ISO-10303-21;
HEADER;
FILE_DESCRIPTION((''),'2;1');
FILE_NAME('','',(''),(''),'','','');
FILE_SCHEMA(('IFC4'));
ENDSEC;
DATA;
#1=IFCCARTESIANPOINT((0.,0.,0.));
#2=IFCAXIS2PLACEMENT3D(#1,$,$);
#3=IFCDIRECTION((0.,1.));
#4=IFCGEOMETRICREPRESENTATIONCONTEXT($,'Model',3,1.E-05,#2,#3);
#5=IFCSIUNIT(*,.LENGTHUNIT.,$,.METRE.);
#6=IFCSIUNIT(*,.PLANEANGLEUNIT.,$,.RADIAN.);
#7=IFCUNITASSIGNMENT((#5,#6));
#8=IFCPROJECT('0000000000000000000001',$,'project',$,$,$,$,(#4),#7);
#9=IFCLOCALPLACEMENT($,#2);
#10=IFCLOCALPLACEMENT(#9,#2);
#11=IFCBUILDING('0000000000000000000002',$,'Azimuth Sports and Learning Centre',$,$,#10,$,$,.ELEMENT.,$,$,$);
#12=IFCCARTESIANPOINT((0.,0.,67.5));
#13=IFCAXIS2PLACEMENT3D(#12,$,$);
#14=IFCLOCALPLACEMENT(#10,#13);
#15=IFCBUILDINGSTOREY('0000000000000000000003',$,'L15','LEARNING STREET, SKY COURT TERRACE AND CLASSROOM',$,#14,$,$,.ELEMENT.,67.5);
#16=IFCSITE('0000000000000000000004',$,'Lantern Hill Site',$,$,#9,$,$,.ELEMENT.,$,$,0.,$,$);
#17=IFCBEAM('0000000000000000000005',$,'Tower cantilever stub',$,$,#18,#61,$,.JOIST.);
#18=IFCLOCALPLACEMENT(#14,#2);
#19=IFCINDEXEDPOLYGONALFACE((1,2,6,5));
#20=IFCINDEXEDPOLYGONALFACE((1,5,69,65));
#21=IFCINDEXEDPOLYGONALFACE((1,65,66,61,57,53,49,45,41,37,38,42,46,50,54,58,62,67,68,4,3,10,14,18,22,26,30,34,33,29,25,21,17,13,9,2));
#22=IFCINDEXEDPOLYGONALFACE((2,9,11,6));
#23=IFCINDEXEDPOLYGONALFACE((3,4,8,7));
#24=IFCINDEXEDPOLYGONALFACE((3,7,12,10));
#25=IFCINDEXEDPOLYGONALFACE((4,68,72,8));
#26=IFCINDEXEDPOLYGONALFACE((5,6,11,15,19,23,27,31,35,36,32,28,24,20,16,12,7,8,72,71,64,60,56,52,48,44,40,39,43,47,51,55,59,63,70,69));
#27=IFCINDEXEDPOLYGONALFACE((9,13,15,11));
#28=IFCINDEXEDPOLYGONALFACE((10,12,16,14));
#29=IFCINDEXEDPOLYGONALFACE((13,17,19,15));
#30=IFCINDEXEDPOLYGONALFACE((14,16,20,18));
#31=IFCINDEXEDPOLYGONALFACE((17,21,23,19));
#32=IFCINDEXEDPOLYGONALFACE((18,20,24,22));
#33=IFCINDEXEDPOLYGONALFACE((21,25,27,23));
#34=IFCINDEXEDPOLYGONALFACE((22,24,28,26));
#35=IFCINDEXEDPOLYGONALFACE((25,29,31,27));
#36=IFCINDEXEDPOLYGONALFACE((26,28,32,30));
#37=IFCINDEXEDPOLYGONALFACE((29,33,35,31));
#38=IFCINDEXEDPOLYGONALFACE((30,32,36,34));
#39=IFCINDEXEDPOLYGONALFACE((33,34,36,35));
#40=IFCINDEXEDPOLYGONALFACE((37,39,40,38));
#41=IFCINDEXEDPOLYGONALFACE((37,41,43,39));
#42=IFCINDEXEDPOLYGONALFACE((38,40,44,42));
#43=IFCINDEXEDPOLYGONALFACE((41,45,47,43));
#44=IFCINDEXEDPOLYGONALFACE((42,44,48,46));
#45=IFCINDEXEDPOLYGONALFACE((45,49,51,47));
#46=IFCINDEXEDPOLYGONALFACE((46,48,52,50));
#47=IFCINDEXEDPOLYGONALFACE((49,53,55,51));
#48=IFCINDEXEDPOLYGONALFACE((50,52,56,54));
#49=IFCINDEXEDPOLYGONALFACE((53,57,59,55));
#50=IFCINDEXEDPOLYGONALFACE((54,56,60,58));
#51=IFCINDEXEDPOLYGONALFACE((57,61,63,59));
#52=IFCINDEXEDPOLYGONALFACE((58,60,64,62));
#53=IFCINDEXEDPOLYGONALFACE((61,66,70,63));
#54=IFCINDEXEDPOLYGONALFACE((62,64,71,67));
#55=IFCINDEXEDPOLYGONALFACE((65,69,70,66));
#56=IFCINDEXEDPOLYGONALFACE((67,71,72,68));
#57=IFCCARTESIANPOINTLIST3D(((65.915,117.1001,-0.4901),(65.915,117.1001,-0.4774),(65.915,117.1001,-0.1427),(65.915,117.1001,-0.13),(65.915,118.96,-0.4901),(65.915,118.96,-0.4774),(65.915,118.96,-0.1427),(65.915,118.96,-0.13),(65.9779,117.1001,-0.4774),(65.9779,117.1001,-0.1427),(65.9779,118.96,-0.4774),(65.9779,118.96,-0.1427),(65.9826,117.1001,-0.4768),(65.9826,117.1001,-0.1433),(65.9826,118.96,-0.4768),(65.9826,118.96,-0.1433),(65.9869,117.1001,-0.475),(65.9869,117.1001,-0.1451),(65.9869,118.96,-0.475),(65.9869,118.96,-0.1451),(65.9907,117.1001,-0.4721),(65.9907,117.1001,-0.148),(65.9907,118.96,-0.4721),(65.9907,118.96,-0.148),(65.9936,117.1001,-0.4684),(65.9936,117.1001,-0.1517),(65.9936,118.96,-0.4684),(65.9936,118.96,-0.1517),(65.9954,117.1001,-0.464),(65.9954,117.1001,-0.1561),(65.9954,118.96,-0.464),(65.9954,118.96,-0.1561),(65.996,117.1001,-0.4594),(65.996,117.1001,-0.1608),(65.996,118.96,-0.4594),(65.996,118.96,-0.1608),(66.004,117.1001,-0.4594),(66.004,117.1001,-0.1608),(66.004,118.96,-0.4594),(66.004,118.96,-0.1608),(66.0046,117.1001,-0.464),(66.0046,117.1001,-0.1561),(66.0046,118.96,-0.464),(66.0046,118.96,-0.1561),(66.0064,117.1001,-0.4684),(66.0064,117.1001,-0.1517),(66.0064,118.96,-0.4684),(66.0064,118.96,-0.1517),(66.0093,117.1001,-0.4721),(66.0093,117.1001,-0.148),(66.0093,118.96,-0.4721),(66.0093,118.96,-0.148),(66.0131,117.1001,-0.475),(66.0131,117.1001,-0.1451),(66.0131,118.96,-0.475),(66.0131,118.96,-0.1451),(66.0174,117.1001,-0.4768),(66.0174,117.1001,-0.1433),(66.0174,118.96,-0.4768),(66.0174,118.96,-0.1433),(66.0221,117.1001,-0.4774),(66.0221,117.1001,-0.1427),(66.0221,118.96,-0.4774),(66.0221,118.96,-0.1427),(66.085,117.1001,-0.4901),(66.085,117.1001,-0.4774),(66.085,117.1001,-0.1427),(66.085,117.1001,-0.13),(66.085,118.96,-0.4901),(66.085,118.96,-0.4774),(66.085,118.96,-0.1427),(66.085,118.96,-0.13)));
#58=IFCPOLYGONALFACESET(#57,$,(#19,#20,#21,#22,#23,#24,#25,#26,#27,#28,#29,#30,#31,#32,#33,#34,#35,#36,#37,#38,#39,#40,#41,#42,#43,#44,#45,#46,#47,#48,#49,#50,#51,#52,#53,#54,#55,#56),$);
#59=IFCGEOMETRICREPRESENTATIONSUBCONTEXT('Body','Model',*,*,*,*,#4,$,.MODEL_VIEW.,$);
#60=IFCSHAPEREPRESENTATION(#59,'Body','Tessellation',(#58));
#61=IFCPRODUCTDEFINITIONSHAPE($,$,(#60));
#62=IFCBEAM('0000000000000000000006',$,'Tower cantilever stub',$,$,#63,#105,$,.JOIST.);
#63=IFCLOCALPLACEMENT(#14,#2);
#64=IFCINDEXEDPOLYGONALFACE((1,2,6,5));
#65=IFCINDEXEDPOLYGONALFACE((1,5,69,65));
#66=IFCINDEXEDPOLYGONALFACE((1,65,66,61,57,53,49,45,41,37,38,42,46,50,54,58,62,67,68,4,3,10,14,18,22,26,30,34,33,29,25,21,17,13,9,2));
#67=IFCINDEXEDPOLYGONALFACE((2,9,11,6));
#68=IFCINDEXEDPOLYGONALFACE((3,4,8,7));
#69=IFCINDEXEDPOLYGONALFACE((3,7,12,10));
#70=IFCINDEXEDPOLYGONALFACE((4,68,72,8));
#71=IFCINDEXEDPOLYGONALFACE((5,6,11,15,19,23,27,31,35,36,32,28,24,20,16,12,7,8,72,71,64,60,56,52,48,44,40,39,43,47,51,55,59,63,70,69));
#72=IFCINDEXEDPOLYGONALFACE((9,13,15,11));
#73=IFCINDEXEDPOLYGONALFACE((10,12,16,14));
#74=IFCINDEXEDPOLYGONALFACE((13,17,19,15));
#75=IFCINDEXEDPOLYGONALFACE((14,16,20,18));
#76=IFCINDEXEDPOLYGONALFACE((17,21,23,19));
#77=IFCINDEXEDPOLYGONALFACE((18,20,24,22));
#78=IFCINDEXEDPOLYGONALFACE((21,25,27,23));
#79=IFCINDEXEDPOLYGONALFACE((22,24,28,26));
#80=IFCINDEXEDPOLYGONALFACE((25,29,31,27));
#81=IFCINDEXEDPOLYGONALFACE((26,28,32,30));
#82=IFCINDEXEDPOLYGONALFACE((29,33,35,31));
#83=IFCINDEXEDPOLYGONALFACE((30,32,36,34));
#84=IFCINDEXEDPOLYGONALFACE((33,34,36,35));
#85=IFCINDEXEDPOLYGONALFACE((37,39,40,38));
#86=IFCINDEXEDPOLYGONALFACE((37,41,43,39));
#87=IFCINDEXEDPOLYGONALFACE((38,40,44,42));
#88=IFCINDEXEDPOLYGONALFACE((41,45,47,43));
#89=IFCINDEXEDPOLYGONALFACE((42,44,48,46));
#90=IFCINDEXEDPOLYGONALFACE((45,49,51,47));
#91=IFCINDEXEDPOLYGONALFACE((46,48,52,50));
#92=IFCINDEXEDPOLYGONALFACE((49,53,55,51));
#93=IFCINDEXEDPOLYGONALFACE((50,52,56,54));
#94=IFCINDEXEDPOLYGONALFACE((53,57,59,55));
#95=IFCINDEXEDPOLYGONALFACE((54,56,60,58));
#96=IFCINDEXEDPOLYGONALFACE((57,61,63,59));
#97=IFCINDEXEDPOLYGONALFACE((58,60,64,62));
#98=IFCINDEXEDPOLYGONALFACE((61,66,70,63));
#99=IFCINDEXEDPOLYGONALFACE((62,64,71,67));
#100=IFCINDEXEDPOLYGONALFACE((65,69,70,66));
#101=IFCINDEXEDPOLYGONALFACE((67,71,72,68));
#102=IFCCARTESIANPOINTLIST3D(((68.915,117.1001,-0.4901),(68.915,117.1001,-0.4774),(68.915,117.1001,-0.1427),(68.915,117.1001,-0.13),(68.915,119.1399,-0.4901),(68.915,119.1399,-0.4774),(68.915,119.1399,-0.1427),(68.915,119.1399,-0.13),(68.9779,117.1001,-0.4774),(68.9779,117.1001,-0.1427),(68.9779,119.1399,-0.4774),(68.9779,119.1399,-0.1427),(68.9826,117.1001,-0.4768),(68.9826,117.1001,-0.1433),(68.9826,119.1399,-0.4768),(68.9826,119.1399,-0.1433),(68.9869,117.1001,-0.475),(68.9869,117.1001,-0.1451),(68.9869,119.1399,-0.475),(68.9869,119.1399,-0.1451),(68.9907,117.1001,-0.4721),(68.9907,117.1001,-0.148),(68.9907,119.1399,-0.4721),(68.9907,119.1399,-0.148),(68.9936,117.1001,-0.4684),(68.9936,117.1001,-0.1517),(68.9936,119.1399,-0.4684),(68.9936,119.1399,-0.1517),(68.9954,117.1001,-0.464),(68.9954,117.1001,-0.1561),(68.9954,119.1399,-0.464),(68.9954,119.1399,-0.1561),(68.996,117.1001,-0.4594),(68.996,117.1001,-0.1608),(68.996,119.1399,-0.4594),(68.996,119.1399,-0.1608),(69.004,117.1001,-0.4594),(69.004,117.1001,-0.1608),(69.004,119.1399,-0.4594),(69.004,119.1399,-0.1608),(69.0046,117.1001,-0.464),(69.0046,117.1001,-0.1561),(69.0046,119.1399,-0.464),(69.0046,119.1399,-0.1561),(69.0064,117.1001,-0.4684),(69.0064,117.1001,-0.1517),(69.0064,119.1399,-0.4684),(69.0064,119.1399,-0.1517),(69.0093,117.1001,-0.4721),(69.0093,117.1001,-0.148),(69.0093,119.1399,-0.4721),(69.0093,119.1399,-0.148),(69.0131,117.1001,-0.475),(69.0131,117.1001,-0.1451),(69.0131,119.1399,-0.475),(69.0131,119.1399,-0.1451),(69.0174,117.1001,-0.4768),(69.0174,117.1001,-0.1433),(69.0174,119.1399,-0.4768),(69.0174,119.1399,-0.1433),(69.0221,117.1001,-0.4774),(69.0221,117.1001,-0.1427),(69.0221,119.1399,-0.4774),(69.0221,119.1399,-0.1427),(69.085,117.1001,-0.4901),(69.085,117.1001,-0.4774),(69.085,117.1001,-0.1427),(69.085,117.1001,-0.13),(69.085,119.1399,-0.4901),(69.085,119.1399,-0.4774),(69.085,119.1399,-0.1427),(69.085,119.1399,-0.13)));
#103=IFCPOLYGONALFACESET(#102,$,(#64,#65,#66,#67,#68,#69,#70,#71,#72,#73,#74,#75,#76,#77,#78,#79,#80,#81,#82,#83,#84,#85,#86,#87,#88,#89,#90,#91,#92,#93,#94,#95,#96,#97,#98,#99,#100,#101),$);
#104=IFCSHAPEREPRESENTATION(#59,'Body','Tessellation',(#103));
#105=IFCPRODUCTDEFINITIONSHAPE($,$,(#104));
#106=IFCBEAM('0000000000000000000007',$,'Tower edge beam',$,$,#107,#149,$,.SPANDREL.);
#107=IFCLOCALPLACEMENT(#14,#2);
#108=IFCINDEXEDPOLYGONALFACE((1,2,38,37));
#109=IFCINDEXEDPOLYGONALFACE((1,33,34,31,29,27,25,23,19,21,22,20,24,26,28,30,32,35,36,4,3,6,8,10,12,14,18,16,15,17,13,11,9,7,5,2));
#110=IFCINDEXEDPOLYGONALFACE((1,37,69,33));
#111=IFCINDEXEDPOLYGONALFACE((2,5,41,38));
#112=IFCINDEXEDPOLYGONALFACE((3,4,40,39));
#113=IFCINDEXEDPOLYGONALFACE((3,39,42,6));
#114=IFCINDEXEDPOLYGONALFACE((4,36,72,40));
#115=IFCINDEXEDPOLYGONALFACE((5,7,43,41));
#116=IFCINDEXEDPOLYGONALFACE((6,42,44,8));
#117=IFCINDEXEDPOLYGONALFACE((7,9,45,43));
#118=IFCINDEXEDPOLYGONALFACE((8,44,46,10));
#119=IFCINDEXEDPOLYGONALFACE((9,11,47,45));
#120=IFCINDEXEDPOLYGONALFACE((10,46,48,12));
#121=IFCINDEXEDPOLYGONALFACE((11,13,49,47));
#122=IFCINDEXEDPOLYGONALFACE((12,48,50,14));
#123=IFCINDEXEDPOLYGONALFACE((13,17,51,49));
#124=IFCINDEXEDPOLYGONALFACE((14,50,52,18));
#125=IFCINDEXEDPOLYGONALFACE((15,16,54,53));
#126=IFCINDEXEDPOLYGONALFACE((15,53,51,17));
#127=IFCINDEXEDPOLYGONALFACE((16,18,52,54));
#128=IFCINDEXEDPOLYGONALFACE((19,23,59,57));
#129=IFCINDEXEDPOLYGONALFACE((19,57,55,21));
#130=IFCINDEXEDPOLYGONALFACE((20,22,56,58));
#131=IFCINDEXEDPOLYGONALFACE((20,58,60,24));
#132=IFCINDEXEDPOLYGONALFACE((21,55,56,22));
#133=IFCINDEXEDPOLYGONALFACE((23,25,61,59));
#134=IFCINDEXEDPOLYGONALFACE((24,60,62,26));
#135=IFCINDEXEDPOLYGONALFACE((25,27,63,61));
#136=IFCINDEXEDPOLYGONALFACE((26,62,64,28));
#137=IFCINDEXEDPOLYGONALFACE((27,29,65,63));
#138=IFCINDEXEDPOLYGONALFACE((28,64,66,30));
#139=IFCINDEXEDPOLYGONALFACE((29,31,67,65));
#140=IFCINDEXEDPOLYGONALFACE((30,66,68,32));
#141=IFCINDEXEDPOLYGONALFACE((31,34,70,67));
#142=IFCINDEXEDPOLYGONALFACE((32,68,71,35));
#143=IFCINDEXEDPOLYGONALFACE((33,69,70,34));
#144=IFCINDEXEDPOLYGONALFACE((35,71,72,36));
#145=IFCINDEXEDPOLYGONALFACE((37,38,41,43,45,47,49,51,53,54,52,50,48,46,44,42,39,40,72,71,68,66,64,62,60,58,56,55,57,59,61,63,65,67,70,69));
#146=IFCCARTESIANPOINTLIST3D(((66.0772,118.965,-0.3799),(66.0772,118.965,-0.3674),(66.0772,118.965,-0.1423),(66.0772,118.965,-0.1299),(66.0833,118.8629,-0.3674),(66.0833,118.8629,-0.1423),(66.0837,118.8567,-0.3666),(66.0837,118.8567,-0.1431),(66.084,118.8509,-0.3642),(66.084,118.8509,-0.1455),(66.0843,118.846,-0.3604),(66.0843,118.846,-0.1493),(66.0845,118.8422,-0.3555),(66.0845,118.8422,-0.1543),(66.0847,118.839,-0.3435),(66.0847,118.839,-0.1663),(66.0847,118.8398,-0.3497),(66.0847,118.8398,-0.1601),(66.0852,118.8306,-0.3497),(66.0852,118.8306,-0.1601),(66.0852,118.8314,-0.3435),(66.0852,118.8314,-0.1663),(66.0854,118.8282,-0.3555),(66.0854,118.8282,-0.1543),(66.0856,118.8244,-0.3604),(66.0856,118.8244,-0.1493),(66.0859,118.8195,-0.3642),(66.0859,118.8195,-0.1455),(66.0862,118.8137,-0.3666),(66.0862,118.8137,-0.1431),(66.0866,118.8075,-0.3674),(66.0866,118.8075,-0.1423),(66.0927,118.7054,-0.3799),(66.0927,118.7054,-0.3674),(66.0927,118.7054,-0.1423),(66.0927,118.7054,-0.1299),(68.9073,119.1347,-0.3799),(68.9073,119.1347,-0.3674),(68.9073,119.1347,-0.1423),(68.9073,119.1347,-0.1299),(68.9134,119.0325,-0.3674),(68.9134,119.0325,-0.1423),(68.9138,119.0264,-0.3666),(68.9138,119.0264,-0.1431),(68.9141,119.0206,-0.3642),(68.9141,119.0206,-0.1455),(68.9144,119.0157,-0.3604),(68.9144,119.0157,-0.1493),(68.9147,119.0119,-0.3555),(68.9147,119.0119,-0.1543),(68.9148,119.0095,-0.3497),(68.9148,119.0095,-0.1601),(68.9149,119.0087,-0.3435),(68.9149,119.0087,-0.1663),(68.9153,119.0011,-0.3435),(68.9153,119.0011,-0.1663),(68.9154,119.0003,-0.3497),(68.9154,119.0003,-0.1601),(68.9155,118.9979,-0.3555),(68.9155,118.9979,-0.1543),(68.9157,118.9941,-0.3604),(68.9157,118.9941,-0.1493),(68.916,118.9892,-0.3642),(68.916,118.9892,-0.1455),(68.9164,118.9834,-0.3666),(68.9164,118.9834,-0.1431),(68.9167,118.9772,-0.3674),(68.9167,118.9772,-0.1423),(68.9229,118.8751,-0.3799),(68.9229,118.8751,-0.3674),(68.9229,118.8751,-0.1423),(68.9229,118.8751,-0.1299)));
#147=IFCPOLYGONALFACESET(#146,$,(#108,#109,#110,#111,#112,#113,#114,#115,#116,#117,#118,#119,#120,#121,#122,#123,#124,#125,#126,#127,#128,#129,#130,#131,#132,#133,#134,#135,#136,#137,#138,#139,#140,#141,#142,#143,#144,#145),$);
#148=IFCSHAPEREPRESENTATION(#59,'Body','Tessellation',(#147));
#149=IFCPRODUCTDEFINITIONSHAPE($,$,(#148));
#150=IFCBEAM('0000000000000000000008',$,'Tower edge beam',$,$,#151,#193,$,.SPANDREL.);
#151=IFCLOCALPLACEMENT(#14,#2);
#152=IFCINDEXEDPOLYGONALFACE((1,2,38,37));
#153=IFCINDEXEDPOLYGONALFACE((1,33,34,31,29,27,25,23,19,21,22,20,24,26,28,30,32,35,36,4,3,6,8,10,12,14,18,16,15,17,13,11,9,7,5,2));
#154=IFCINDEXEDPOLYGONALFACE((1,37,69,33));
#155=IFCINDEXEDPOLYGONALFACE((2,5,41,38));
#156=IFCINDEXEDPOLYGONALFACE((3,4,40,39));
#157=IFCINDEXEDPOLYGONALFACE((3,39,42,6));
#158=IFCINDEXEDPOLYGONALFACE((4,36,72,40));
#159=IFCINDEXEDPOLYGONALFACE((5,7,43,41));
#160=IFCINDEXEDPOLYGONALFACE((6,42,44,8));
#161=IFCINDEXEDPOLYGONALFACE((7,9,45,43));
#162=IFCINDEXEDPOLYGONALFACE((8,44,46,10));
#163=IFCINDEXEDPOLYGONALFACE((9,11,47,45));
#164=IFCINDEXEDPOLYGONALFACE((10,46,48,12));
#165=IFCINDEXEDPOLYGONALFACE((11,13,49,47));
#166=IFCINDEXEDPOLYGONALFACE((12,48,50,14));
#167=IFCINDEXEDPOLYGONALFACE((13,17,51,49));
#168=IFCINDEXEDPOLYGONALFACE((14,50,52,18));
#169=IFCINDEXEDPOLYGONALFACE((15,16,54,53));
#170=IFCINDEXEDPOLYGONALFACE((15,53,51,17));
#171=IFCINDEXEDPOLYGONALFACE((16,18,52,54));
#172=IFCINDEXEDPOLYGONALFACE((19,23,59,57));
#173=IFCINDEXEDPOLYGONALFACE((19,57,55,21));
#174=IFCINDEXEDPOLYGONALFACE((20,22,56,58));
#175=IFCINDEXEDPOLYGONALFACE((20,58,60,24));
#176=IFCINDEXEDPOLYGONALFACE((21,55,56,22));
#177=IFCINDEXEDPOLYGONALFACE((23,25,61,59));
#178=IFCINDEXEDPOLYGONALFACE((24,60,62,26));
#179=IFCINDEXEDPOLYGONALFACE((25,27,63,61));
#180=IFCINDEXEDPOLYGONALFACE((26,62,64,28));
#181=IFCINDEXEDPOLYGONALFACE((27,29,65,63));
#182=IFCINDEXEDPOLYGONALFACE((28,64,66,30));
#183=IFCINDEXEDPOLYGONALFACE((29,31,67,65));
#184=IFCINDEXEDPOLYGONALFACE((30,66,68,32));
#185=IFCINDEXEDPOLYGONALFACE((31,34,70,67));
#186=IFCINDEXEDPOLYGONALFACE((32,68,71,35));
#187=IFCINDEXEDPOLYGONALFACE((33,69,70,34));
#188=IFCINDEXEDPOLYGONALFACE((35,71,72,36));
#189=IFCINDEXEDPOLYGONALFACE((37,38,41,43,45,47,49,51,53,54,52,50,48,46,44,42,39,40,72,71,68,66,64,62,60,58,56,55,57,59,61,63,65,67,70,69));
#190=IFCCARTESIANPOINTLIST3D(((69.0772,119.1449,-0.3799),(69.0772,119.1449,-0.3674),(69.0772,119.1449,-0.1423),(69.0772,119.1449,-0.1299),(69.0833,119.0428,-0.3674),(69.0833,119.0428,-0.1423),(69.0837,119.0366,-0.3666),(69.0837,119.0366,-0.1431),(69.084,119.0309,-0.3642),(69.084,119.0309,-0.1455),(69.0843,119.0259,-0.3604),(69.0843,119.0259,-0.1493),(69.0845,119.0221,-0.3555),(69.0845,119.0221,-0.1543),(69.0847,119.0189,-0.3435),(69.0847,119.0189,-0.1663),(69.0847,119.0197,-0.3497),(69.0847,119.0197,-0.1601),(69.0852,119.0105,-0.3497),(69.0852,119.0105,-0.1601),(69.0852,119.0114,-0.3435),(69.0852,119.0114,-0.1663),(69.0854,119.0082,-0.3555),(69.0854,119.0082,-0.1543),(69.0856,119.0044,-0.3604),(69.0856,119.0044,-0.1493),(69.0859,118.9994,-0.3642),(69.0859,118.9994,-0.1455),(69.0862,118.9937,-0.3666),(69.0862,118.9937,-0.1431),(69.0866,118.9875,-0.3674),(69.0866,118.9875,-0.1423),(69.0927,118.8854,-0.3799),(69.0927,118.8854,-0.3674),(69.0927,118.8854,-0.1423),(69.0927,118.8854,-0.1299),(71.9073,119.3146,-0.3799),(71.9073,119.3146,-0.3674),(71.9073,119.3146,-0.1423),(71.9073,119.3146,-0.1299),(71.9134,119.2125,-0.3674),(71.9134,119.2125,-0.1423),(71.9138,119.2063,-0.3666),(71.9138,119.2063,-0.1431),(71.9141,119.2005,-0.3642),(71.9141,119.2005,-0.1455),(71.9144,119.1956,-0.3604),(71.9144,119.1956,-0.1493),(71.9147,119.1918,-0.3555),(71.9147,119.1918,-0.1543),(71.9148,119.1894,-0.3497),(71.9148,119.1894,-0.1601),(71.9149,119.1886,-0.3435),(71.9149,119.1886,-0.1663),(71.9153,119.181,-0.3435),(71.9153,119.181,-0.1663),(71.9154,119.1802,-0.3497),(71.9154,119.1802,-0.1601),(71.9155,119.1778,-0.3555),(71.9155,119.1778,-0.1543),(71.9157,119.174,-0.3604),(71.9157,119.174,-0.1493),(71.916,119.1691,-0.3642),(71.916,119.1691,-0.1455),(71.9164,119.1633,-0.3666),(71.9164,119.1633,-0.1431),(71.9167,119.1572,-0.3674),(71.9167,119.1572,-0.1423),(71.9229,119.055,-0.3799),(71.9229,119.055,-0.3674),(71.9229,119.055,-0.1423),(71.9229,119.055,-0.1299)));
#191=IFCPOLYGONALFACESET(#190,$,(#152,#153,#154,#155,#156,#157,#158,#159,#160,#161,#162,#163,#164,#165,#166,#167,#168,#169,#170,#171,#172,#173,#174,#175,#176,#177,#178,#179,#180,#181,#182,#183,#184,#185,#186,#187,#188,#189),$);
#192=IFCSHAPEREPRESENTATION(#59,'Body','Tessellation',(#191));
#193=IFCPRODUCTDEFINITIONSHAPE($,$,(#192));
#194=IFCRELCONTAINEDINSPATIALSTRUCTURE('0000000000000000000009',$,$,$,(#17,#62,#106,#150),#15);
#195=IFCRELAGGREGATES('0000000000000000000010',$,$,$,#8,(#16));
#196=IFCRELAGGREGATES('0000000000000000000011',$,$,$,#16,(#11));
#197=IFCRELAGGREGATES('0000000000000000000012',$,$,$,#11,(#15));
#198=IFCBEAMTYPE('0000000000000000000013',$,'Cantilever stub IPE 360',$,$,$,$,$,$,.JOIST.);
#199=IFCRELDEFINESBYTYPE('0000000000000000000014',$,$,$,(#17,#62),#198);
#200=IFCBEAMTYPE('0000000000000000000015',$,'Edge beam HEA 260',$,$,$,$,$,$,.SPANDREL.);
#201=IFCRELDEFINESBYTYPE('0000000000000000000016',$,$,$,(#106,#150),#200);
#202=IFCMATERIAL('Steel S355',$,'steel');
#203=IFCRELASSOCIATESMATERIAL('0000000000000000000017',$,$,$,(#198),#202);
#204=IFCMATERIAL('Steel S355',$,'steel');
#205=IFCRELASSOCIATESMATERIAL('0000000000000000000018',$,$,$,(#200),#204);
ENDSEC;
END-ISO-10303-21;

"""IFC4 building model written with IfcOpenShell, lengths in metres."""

from ifc_helpers import new_model, si_unit, direction, frame, origin, origin_2d, place, context, subcontext, project, spatial, i_section, extrude, material, material_profile, profile_set, type_object, element, save


model = new_model("IFC4")

# Units and contexts
model_context = context("Model", 3, precision=1e-05, world=origin(), true_north=direction((0.0, 1.0)))
body_context = subcontext(model_context, "Body", "Model", "MODEL_VIEW")
ifc_project = project(units=[si_unit("LENGTHUNIT", "METRE"), si_unit("PLANEANGLEUNIT", "RADIAN")], contexts=[model_context])

# Site, building, storey
site_placement = place(None, origin())
site = spatial("IfcSite", under=ifc_project, at=site_placement, Name="Lantern Hill Site", CompositionType="ELEMENT", RefElevation=0.0)
building_placement = place(site_placement, origin())
building = spatial("IfcBuilding", under=site, at=building_placement, Name="Azimuth Sports and Learning Centre", CompositionType="ELEMENT")
storey_placement = place(building_placement, frame((0.0, 0.0, 67.5)))
storey = spatial("IfcBuildingStorey", under=building, at=storey_placement, Name="L15", Description="LEARNING STREET, SKY COURT TERRACE AND CLASSROOM", CompositionType="ELEMENT", Elevation=67.5)

# Beams
ifc_material_1 = material(Name="Steel S355", Category="steel")
ifc_material_profile_1 = material_profile(ifc_material_1, i_section(OverallWidth=0.1699, OverallDepth=0.3601, WebThickness=0.0081, FlangeThickness=0.0127, FilletRadius=0.0181, at=origin_2d()), Name="IPE 360")
ifc_profile_set_1 = profile_set([ifc_material_profile_1], Name="Steel S355")
beam_type_1 = type_object("IfcBeamType", Name="Cantilever stub IPE 360", PredefinedType="JOIST", material=ifc_profile_set_1)
beam_1_placement = place(storey_placement, frame((66.0, 117.1001, -0.3101), z_axis=(0.0, 1.0, 0.0), x_axis=(-1.0, 0.0, 0.0)))
element("IfcBeam", 1, at=beam_1_placement, inside=storey, type_object=beam_type_1, Name="Tower cantilever stub", PredefinedType="JOIST", context=body_context, shape_type="SweptSolid", body=[
    extrude(i_section(OverallWidth=0.1699, OverallDepth=0.3601, WebThickness=0.0081, FlangeThickness=0.0127, FilletRadius=0.0181, at=origin_2d()), origin(), (0.0, 0.0, 1.0), 1.8599),
])
beam_2_placement = place(storey_placement, frame((69.0, 117.1001, -0.3101), z_axis=(0.0, 1.0, 0.0), x_axis=(-1.0, 0.0, 0.0)))
element("IfcBeam", 2, at=beam_2_placement, inside=storey, type_object=beam_type_1, Name="Tower cantilever stub", PredefinedType="JOIST", context=body_context, shape_type="SweptSolid", body=[
    extrude(i_section(OverallWidth=0.1699, OverallDepth=0.3601, WebThickness=0.0081, FlangeThickness=0.0127, FilletRadius=0.0181, at=origin_2d()), origin(), (0.0, 0.0, 1.0), 2.0398),
])
ifc_material_2 = material(Name="Steel S355", Category="steel")
ifc_material_profile_2 = material_profile(ifc_material_2, i_section(OverallWidth=0.26, OverallDepth=0.25, WebThickness=0.0076, FlangeThickness=0.0125, FilletRadius=0.0239, at=origin_2d()), Name="HEA 260")
ifc_profile_set_2 = profile_set([ifc_material_profile_2], Name="Steel S355")
beam_type_2 = type_object("IfcBeamType", Name="Edge beam HEA 260", PredefinedType="SPANDREL", material=ifc_profile_set_2)
for number, where, z_axis, x_axis, name in (
    (3, (66.085, 118.8352, -0.2549), (0.998208, 0.059848, 0.0), (-0.059848, 0.998208, 0.0), "Tower edge beam"),
    (4, (69.085, 119.0151, -0.2549), (0.998208, 0.059848, 0.0), (-0.059848, 0.998208, 0.0), "Tower edge beam"),
):
    element("IfcBeam", number, at=place(storey_placement, frame(where, z_axis=z_axis, x_axis=x_axis)), inside=storey, type_object=beam_type_2, Name=name, PredefinedType="SPANDREL", context=body_context, shape_type="SweptSolid", body=[
        extrude(i_section(OverallWidth=0.26, OverallDepth=0.25, WebThickness=0.0076, FlangeThickness=0.0125, FilletRadius=0.0239, at=origin_2d()), origin(), (0.0, 0.0, 1.0), 2.8352),
    ])

save(model, "model.ifc")
